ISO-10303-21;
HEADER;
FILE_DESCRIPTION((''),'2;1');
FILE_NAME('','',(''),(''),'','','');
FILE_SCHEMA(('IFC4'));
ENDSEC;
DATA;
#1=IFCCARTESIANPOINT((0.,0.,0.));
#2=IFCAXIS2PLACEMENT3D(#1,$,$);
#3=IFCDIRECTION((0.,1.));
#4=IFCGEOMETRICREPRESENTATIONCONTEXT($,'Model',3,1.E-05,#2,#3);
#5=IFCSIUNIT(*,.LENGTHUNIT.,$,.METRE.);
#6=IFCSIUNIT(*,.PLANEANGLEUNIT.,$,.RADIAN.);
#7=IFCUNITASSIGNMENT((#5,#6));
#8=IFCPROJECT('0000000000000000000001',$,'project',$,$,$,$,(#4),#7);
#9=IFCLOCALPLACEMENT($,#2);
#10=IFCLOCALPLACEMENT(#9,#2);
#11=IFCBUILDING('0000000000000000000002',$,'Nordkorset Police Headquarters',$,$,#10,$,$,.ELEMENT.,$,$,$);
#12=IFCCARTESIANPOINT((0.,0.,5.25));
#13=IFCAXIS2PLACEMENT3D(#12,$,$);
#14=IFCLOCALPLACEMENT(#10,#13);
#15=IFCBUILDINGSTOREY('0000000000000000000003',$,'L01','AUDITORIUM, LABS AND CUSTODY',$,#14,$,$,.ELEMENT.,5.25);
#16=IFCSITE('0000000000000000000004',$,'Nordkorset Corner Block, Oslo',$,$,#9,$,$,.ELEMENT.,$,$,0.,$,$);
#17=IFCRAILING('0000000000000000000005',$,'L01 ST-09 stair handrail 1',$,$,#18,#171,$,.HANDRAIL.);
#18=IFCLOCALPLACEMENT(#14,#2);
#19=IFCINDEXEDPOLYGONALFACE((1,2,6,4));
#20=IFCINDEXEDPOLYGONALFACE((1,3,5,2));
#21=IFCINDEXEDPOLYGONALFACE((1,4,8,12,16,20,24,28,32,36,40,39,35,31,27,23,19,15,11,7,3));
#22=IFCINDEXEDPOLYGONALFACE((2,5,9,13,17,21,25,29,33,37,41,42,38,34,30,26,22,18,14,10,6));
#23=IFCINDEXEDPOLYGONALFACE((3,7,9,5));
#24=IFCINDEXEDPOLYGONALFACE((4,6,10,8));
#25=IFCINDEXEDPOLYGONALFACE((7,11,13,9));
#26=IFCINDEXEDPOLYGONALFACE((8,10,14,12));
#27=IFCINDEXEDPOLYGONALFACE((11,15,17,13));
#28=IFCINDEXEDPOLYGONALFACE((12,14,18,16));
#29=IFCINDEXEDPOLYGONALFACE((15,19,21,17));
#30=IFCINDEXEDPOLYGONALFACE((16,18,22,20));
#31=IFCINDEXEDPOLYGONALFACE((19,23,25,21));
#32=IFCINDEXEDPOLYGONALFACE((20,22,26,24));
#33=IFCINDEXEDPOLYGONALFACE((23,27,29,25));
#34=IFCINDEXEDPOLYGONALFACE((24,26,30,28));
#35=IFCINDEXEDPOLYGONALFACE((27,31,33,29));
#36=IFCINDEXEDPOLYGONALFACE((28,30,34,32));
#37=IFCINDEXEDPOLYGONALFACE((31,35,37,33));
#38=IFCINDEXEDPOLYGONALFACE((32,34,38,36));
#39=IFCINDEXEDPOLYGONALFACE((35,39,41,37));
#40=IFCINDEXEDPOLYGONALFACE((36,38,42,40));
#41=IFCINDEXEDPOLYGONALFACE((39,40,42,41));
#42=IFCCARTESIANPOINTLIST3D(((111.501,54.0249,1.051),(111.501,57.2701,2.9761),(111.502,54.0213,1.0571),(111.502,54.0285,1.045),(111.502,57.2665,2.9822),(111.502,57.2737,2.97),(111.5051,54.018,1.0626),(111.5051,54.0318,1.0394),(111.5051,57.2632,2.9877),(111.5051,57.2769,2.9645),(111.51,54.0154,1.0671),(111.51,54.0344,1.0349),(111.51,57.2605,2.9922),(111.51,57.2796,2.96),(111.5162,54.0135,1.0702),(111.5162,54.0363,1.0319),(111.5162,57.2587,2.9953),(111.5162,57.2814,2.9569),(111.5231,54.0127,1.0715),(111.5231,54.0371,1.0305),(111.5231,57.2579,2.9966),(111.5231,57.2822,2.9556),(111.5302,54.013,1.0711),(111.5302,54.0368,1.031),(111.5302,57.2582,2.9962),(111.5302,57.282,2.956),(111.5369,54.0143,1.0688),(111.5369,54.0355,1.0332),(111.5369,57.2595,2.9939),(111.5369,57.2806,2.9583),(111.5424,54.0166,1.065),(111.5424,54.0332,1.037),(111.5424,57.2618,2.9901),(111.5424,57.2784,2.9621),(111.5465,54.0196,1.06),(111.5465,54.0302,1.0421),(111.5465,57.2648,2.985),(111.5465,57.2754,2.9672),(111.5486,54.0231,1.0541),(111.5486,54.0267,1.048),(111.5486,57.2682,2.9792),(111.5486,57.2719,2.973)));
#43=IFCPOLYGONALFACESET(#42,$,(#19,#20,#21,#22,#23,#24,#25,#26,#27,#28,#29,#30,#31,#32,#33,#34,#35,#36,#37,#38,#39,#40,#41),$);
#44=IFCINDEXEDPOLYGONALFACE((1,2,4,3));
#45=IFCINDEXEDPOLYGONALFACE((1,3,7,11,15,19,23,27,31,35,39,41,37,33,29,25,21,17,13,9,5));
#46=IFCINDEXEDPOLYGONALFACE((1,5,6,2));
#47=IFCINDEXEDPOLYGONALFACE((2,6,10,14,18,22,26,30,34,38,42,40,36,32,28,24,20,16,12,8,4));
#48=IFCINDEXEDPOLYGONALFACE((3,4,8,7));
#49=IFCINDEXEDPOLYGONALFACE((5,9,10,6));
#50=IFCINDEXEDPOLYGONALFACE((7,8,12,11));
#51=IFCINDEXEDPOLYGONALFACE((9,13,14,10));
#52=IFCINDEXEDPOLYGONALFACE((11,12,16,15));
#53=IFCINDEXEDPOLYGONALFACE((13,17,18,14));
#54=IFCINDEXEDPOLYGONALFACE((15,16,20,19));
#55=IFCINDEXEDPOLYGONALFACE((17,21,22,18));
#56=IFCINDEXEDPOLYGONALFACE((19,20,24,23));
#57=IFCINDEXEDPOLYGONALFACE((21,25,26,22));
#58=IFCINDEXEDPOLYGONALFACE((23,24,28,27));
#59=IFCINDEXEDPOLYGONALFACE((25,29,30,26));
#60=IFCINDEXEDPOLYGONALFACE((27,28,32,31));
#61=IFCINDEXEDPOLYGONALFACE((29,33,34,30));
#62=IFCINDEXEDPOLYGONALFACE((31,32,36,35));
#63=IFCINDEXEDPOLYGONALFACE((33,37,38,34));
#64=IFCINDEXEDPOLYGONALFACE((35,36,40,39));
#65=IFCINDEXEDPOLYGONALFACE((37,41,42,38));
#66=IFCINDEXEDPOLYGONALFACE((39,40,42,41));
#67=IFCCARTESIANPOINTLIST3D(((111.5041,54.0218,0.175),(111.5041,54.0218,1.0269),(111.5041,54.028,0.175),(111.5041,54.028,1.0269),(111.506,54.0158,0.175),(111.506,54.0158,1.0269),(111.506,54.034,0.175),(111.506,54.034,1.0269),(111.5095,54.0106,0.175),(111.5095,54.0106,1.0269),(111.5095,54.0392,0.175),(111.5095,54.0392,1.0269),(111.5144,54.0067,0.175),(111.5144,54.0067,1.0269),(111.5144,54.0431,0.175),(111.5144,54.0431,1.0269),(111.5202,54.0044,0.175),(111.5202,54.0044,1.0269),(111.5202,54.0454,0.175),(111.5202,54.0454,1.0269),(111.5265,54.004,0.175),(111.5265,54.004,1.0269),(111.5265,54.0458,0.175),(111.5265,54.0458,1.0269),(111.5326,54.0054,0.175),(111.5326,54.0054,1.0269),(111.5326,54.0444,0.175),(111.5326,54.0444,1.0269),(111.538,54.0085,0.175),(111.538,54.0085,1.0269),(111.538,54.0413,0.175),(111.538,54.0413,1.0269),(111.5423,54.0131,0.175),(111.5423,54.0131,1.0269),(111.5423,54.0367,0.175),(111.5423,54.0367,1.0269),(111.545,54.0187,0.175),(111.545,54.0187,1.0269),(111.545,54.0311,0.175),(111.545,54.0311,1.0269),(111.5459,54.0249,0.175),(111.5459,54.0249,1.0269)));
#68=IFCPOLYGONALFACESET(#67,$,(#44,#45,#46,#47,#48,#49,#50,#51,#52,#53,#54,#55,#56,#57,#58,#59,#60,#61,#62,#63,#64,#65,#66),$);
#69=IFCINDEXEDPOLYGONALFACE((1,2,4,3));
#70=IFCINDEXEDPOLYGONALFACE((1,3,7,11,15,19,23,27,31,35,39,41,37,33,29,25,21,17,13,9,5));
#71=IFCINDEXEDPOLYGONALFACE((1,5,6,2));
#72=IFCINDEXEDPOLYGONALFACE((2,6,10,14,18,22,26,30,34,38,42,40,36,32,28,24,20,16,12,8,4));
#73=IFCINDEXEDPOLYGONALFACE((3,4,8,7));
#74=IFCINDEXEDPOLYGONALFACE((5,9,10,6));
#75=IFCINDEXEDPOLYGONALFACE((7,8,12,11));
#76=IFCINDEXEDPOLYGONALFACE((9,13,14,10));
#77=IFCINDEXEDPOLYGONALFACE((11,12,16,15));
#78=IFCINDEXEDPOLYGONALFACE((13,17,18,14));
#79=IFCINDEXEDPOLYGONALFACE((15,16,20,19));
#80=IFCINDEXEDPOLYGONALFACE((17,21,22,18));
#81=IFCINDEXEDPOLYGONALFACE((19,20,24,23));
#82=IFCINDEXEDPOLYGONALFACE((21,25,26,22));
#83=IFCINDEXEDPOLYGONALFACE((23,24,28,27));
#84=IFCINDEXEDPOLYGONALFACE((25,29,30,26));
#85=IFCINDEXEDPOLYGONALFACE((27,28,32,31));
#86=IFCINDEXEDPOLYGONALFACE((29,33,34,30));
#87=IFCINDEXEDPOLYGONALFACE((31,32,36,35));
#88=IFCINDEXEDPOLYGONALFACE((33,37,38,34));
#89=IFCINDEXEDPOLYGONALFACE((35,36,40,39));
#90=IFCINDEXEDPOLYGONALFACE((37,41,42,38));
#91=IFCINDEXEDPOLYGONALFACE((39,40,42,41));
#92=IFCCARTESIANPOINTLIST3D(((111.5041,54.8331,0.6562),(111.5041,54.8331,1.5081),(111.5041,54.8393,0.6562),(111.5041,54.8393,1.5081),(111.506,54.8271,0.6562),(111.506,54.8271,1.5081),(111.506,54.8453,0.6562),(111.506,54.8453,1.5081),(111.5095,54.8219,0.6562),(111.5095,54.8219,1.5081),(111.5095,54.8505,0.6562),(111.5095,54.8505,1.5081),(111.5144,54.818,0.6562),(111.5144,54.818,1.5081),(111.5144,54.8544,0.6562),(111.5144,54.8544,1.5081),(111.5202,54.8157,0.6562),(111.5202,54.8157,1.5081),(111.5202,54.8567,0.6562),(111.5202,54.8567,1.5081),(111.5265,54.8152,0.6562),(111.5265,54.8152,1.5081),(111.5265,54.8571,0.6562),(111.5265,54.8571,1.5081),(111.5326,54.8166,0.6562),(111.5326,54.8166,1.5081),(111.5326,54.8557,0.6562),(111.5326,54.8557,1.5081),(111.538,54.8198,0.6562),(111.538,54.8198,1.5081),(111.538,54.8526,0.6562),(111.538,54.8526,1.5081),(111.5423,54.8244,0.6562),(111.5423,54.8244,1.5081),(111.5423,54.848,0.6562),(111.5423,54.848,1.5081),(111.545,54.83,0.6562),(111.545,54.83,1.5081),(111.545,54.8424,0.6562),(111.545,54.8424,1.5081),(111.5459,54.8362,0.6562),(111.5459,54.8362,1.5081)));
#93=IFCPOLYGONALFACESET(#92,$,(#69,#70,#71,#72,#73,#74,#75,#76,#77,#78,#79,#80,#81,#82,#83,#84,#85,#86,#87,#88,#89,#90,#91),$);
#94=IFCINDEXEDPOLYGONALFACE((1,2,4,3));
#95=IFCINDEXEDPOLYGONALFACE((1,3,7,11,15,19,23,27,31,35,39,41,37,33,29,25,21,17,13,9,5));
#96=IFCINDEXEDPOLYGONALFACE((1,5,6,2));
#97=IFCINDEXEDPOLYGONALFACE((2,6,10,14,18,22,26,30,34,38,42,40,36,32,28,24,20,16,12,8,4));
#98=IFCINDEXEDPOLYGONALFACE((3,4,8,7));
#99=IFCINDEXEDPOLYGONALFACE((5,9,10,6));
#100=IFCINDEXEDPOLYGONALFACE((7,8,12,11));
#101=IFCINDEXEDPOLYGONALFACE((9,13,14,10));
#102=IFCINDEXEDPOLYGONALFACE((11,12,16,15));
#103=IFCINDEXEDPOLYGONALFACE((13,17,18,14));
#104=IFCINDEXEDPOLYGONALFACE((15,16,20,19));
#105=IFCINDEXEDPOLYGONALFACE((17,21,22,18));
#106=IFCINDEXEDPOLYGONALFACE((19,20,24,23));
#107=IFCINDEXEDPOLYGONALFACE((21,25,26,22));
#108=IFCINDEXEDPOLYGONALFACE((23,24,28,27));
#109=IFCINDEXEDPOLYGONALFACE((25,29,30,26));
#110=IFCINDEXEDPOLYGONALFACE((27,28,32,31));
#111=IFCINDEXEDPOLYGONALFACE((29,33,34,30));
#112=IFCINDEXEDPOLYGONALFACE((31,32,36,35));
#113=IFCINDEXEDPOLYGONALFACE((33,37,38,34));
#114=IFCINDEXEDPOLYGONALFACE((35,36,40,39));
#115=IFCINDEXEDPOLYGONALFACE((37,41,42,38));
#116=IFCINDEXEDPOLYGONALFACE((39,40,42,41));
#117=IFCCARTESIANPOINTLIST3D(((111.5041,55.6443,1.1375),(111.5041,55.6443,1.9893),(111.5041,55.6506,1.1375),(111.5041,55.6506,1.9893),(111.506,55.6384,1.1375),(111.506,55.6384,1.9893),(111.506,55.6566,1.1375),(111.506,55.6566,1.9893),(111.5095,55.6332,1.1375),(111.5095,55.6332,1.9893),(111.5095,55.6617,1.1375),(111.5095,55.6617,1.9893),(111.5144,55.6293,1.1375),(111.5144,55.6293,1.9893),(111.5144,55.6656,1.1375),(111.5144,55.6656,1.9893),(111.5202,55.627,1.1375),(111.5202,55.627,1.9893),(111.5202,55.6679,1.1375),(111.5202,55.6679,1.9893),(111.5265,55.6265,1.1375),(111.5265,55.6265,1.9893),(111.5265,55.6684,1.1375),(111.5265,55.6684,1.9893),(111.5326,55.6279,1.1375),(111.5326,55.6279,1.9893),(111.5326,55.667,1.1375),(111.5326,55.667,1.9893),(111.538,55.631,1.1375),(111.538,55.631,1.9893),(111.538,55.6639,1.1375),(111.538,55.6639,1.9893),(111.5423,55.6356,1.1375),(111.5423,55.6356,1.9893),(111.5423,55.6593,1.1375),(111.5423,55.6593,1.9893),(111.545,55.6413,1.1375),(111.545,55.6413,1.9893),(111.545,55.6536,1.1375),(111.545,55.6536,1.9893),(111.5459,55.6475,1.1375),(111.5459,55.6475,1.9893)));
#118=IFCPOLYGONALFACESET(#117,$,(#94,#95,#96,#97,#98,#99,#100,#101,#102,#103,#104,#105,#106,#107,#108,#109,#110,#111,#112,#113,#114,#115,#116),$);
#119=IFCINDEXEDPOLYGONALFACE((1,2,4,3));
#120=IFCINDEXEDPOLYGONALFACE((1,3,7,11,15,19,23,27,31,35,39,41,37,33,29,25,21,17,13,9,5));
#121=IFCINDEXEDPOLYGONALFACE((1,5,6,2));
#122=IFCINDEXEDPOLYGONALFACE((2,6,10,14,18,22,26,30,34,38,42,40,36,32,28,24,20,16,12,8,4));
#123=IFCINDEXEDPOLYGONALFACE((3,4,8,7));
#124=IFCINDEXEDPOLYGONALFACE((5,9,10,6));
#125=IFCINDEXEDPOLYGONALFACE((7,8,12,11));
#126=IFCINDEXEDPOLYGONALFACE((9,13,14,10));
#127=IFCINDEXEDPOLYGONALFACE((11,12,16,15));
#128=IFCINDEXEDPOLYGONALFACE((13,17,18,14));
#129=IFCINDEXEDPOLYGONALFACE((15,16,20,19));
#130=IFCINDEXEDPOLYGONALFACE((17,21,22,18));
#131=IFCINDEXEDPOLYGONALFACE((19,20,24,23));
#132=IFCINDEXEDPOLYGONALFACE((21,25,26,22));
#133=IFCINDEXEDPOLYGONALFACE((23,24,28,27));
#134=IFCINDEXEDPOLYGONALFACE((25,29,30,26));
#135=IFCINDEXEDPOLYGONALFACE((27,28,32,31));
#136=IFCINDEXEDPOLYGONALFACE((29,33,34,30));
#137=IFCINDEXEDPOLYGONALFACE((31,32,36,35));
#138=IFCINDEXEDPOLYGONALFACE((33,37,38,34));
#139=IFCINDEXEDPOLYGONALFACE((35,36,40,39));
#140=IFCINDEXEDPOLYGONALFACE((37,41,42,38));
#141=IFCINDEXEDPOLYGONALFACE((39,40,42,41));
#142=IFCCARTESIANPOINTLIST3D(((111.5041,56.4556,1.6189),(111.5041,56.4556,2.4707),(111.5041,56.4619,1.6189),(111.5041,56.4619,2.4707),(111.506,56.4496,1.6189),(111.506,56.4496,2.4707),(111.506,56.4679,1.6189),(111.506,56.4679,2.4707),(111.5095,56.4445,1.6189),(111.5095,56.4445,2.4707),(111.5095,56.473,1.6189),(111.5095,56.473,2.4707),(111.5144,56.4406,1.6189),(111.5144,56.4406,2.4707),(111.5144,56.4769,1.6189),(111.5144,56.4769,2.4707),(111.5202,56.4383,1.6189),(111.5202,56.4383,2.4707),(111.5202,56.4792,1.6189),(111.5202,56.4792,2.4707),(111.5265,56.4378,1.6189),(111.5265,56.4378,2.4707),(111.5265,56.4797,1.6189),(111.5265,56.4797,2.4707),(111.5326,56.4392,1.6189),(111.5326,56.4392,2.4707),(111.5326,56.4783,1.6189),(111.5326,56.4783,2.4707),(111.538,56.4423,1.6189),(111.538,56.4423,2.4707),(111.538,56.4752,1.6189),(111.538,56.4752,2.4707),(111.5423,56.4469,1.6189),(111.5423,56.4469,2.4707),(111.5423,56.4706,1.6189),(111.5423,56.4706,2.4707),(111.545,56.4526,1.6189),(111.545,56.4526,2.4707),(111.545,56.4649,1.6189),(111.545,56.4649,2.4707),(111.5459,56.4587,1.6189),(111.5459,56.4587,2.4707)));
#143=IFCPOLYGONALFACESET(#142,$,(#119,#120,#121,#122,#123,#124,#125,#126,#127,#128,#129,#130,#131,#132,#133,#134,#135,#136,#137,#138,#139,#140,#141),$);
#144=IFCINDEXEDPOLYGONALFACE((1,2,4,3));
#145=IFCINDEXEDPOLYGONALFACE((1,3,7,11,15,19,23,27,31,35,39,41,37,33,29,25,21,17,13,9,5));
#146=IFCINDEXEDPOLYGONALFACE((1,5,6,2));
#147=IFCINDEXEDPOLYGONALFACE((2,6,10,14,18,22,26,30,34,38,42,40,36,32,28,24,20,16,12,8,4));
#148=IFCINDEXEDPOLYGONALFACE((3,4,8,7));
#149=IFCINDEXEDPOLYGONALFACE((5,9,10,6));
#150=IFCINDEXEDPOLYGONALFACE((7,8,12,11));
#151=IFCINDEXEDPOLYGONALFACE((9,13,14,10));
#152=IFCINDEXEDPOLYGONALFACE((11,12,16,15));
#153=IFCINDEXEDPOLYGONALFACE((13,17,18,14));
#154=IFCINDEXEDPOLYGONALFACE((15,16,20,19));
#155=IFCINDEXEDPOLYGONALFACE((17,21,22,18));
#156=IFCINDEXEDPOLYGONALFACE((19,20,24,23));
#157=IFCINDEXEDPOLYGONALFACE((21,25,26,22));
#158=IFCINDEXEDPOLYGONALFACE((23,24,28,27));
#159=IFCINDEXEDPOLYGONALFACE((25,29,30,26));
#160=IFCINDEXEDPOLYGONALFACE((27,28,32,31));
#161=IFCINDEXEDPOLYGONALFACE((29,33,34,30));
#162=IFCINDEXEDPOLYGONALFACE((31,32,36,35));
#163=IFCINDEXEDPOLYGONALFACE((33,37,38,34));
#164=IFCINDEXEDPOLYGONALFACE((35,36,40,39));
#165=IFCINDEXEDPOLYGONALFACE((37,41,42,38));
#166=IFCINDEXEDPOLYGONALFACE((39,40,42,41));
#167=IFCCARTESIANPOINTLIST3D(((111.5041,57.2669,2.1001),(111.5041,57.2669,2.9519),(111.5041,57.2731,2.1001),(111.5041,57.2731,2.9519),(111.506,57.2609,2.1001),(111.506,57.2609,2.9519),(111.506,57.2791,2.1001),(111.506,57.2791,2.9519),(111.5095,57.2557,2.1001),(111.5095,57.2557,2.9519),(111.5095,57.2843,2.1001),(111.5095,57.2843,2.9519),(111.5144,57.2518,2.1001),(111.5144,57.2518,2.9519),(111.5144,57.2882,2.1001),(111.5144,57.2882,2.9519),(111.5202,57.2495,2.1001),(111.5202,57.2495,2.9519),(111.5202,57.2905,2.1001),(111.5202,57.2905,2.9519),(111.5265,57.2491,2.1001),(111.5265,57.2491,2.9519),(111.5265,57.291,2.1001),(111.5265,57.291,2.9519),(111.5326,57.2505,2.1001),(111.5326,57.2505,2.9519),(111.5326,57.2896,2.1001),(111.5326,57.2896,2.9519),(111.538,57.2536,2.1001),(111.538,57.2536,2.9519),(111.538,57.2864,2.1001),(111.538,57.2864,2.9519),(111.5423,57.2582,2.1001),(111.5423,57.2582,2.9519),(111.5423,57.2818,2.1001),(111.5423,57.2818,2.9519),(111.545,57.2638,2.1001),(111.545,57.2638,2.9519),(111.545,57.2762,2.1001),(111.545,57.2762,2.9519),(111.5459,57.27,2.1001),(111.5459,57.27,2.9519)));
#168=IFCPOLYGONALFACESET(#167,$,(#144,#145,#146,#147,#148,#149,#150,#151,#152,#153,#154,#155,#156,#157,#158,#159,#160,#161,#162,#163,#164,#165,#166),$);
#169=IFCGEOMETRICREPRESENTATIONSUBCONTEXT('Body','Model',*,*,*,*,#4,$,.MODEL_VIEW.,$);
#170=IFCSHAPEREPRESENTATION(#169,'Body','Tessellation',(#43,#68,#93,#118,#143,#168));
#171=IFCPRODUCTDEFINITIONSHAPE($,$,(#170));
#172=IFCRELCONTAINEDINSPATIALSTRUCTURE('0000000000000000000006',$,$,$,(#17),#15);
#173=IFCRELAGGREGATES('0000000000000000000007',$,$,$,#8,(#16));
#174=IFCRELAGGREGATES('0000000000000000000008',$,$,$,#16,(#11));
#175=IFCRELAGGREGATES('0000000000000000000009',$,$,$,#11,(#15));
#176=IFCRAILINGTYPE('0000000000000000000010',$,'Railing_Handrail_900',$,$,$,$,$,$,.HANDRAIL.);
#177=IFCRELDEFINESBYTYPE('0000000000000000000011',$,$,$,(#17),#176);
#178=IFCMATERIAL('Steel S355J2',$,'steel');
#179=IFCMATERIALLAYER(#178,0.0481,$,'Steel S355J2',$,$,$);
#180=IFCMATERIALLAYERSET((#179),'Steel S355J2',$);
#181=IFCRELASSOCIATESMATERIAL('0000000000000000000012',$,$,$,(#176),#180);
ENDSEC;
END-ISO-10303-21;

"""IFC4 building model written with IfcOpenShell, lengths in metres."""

from ifc_helpers import new_model, si_unit, direction, frame, origin, origin_2d, place, context, subcontext, project, spatial, circle, extrude, material, layer, layer_set, type_object, element, save


model = new_model("IFC4")

# Units and contexts
model_context = context("Model", 3, precision=1e-05, world=origin(), true_north=direction((0.0, 1.0)))
body_context = subcontext(model_context, "Body", "Model", "MODEL_VIEW")
ifc_project = project(units=[si_unit("LENGTHUNIT", "METRE"), si_unit("PLANEANGLEUNIT", "RADIAN")], contexts=[model_context])

# Site, building, storey
site_placement = place(None, origin())
site = spatial("IfcSite", under=ifc_project, at=site_placement, Name="Nordkorset Corner Block, Oslo", CompositionType="ELEMENT", RefElevation=0.0)
building_placement = place(site_placement, origin())
building = spatial("IfcBuilding", under=site, at=building_placement, Name="Nordkorset Police Headquarters", CompositionType="ELEMENT")
storey_placement = place(building_placement, frame((0.0, 0.0, 5.25)))
storey = spatial("IfcBuildingStorey", under=building, at=storey_placement, Name="L01", Description="AUDITORIUM, LABS AND CUSTODY", CompositionType="ELEMENT", Elevation=5.25)

# Railing
ifc_material_1 = material(Name="Steel S355J2", Category="steel")
ifc_layer_1 = layer(ifc_material_1, 0.0481, Name="Steel S355J2")
ifc_layer_set_1 = layer_set([ifc_layer_1], Name="Steel S355J2")
railing_type_1 = type_object("IfcRailingType", Name="Railing_Handrail_900", PredefinedType="HANDRAIL", material=ifc_layer_set_1)
railing_1_placement = place(storey_placement, frame((111.5249, 54.0249, 0.175)))
element("IfcRailing", 1, at=railing_1_placement, inside=storey, type_object=railing_type_1, Name="L01 ST-09 stair handrail 1", PredefinedType="HANDRAIL", context=body_context, shape_type="SweptSolid", body=[
    extrude(circle(Radius=0.0239, at=origin_2d()), frame((0.0, 0.0, 0.876), z_axis=(0.0, 0.860057, 0.510198), x_axis=(-1.0, 0.0, 0.0)), (0.0, 0.0, 1.0), 3.7732),
    extrude(circle(Radius=0.021, at=origin_2d()), origin(), (0.0, 0.0, 1.0), 0.8518),
    extrude(circle(Radius=0.021, at=origin_2d()), frame((0.0, 0.8113, 0.4812)), (0.0, 0.0, 1.0), 0.8518),
    extrude(circle(Radius=0.021, at=origin_2d()), frame((0.0, 1.6226, 0.9624)), (0.0, 0.0, 1.0), 0.8518),
    extrude(circle(Radius=0.021, at=origin_2d()), frame((0.0, 2.4338, 1.4438)), (0.0, 0.0, 1.0), 0.8518),
    extrude(circle(Radius=0.021, at=origin_2d()), frame((0.0, 3.2451, 1.925)), (0.0, 0.0, 1.0), 0.8518),
])

save(model, "model.ifc")
